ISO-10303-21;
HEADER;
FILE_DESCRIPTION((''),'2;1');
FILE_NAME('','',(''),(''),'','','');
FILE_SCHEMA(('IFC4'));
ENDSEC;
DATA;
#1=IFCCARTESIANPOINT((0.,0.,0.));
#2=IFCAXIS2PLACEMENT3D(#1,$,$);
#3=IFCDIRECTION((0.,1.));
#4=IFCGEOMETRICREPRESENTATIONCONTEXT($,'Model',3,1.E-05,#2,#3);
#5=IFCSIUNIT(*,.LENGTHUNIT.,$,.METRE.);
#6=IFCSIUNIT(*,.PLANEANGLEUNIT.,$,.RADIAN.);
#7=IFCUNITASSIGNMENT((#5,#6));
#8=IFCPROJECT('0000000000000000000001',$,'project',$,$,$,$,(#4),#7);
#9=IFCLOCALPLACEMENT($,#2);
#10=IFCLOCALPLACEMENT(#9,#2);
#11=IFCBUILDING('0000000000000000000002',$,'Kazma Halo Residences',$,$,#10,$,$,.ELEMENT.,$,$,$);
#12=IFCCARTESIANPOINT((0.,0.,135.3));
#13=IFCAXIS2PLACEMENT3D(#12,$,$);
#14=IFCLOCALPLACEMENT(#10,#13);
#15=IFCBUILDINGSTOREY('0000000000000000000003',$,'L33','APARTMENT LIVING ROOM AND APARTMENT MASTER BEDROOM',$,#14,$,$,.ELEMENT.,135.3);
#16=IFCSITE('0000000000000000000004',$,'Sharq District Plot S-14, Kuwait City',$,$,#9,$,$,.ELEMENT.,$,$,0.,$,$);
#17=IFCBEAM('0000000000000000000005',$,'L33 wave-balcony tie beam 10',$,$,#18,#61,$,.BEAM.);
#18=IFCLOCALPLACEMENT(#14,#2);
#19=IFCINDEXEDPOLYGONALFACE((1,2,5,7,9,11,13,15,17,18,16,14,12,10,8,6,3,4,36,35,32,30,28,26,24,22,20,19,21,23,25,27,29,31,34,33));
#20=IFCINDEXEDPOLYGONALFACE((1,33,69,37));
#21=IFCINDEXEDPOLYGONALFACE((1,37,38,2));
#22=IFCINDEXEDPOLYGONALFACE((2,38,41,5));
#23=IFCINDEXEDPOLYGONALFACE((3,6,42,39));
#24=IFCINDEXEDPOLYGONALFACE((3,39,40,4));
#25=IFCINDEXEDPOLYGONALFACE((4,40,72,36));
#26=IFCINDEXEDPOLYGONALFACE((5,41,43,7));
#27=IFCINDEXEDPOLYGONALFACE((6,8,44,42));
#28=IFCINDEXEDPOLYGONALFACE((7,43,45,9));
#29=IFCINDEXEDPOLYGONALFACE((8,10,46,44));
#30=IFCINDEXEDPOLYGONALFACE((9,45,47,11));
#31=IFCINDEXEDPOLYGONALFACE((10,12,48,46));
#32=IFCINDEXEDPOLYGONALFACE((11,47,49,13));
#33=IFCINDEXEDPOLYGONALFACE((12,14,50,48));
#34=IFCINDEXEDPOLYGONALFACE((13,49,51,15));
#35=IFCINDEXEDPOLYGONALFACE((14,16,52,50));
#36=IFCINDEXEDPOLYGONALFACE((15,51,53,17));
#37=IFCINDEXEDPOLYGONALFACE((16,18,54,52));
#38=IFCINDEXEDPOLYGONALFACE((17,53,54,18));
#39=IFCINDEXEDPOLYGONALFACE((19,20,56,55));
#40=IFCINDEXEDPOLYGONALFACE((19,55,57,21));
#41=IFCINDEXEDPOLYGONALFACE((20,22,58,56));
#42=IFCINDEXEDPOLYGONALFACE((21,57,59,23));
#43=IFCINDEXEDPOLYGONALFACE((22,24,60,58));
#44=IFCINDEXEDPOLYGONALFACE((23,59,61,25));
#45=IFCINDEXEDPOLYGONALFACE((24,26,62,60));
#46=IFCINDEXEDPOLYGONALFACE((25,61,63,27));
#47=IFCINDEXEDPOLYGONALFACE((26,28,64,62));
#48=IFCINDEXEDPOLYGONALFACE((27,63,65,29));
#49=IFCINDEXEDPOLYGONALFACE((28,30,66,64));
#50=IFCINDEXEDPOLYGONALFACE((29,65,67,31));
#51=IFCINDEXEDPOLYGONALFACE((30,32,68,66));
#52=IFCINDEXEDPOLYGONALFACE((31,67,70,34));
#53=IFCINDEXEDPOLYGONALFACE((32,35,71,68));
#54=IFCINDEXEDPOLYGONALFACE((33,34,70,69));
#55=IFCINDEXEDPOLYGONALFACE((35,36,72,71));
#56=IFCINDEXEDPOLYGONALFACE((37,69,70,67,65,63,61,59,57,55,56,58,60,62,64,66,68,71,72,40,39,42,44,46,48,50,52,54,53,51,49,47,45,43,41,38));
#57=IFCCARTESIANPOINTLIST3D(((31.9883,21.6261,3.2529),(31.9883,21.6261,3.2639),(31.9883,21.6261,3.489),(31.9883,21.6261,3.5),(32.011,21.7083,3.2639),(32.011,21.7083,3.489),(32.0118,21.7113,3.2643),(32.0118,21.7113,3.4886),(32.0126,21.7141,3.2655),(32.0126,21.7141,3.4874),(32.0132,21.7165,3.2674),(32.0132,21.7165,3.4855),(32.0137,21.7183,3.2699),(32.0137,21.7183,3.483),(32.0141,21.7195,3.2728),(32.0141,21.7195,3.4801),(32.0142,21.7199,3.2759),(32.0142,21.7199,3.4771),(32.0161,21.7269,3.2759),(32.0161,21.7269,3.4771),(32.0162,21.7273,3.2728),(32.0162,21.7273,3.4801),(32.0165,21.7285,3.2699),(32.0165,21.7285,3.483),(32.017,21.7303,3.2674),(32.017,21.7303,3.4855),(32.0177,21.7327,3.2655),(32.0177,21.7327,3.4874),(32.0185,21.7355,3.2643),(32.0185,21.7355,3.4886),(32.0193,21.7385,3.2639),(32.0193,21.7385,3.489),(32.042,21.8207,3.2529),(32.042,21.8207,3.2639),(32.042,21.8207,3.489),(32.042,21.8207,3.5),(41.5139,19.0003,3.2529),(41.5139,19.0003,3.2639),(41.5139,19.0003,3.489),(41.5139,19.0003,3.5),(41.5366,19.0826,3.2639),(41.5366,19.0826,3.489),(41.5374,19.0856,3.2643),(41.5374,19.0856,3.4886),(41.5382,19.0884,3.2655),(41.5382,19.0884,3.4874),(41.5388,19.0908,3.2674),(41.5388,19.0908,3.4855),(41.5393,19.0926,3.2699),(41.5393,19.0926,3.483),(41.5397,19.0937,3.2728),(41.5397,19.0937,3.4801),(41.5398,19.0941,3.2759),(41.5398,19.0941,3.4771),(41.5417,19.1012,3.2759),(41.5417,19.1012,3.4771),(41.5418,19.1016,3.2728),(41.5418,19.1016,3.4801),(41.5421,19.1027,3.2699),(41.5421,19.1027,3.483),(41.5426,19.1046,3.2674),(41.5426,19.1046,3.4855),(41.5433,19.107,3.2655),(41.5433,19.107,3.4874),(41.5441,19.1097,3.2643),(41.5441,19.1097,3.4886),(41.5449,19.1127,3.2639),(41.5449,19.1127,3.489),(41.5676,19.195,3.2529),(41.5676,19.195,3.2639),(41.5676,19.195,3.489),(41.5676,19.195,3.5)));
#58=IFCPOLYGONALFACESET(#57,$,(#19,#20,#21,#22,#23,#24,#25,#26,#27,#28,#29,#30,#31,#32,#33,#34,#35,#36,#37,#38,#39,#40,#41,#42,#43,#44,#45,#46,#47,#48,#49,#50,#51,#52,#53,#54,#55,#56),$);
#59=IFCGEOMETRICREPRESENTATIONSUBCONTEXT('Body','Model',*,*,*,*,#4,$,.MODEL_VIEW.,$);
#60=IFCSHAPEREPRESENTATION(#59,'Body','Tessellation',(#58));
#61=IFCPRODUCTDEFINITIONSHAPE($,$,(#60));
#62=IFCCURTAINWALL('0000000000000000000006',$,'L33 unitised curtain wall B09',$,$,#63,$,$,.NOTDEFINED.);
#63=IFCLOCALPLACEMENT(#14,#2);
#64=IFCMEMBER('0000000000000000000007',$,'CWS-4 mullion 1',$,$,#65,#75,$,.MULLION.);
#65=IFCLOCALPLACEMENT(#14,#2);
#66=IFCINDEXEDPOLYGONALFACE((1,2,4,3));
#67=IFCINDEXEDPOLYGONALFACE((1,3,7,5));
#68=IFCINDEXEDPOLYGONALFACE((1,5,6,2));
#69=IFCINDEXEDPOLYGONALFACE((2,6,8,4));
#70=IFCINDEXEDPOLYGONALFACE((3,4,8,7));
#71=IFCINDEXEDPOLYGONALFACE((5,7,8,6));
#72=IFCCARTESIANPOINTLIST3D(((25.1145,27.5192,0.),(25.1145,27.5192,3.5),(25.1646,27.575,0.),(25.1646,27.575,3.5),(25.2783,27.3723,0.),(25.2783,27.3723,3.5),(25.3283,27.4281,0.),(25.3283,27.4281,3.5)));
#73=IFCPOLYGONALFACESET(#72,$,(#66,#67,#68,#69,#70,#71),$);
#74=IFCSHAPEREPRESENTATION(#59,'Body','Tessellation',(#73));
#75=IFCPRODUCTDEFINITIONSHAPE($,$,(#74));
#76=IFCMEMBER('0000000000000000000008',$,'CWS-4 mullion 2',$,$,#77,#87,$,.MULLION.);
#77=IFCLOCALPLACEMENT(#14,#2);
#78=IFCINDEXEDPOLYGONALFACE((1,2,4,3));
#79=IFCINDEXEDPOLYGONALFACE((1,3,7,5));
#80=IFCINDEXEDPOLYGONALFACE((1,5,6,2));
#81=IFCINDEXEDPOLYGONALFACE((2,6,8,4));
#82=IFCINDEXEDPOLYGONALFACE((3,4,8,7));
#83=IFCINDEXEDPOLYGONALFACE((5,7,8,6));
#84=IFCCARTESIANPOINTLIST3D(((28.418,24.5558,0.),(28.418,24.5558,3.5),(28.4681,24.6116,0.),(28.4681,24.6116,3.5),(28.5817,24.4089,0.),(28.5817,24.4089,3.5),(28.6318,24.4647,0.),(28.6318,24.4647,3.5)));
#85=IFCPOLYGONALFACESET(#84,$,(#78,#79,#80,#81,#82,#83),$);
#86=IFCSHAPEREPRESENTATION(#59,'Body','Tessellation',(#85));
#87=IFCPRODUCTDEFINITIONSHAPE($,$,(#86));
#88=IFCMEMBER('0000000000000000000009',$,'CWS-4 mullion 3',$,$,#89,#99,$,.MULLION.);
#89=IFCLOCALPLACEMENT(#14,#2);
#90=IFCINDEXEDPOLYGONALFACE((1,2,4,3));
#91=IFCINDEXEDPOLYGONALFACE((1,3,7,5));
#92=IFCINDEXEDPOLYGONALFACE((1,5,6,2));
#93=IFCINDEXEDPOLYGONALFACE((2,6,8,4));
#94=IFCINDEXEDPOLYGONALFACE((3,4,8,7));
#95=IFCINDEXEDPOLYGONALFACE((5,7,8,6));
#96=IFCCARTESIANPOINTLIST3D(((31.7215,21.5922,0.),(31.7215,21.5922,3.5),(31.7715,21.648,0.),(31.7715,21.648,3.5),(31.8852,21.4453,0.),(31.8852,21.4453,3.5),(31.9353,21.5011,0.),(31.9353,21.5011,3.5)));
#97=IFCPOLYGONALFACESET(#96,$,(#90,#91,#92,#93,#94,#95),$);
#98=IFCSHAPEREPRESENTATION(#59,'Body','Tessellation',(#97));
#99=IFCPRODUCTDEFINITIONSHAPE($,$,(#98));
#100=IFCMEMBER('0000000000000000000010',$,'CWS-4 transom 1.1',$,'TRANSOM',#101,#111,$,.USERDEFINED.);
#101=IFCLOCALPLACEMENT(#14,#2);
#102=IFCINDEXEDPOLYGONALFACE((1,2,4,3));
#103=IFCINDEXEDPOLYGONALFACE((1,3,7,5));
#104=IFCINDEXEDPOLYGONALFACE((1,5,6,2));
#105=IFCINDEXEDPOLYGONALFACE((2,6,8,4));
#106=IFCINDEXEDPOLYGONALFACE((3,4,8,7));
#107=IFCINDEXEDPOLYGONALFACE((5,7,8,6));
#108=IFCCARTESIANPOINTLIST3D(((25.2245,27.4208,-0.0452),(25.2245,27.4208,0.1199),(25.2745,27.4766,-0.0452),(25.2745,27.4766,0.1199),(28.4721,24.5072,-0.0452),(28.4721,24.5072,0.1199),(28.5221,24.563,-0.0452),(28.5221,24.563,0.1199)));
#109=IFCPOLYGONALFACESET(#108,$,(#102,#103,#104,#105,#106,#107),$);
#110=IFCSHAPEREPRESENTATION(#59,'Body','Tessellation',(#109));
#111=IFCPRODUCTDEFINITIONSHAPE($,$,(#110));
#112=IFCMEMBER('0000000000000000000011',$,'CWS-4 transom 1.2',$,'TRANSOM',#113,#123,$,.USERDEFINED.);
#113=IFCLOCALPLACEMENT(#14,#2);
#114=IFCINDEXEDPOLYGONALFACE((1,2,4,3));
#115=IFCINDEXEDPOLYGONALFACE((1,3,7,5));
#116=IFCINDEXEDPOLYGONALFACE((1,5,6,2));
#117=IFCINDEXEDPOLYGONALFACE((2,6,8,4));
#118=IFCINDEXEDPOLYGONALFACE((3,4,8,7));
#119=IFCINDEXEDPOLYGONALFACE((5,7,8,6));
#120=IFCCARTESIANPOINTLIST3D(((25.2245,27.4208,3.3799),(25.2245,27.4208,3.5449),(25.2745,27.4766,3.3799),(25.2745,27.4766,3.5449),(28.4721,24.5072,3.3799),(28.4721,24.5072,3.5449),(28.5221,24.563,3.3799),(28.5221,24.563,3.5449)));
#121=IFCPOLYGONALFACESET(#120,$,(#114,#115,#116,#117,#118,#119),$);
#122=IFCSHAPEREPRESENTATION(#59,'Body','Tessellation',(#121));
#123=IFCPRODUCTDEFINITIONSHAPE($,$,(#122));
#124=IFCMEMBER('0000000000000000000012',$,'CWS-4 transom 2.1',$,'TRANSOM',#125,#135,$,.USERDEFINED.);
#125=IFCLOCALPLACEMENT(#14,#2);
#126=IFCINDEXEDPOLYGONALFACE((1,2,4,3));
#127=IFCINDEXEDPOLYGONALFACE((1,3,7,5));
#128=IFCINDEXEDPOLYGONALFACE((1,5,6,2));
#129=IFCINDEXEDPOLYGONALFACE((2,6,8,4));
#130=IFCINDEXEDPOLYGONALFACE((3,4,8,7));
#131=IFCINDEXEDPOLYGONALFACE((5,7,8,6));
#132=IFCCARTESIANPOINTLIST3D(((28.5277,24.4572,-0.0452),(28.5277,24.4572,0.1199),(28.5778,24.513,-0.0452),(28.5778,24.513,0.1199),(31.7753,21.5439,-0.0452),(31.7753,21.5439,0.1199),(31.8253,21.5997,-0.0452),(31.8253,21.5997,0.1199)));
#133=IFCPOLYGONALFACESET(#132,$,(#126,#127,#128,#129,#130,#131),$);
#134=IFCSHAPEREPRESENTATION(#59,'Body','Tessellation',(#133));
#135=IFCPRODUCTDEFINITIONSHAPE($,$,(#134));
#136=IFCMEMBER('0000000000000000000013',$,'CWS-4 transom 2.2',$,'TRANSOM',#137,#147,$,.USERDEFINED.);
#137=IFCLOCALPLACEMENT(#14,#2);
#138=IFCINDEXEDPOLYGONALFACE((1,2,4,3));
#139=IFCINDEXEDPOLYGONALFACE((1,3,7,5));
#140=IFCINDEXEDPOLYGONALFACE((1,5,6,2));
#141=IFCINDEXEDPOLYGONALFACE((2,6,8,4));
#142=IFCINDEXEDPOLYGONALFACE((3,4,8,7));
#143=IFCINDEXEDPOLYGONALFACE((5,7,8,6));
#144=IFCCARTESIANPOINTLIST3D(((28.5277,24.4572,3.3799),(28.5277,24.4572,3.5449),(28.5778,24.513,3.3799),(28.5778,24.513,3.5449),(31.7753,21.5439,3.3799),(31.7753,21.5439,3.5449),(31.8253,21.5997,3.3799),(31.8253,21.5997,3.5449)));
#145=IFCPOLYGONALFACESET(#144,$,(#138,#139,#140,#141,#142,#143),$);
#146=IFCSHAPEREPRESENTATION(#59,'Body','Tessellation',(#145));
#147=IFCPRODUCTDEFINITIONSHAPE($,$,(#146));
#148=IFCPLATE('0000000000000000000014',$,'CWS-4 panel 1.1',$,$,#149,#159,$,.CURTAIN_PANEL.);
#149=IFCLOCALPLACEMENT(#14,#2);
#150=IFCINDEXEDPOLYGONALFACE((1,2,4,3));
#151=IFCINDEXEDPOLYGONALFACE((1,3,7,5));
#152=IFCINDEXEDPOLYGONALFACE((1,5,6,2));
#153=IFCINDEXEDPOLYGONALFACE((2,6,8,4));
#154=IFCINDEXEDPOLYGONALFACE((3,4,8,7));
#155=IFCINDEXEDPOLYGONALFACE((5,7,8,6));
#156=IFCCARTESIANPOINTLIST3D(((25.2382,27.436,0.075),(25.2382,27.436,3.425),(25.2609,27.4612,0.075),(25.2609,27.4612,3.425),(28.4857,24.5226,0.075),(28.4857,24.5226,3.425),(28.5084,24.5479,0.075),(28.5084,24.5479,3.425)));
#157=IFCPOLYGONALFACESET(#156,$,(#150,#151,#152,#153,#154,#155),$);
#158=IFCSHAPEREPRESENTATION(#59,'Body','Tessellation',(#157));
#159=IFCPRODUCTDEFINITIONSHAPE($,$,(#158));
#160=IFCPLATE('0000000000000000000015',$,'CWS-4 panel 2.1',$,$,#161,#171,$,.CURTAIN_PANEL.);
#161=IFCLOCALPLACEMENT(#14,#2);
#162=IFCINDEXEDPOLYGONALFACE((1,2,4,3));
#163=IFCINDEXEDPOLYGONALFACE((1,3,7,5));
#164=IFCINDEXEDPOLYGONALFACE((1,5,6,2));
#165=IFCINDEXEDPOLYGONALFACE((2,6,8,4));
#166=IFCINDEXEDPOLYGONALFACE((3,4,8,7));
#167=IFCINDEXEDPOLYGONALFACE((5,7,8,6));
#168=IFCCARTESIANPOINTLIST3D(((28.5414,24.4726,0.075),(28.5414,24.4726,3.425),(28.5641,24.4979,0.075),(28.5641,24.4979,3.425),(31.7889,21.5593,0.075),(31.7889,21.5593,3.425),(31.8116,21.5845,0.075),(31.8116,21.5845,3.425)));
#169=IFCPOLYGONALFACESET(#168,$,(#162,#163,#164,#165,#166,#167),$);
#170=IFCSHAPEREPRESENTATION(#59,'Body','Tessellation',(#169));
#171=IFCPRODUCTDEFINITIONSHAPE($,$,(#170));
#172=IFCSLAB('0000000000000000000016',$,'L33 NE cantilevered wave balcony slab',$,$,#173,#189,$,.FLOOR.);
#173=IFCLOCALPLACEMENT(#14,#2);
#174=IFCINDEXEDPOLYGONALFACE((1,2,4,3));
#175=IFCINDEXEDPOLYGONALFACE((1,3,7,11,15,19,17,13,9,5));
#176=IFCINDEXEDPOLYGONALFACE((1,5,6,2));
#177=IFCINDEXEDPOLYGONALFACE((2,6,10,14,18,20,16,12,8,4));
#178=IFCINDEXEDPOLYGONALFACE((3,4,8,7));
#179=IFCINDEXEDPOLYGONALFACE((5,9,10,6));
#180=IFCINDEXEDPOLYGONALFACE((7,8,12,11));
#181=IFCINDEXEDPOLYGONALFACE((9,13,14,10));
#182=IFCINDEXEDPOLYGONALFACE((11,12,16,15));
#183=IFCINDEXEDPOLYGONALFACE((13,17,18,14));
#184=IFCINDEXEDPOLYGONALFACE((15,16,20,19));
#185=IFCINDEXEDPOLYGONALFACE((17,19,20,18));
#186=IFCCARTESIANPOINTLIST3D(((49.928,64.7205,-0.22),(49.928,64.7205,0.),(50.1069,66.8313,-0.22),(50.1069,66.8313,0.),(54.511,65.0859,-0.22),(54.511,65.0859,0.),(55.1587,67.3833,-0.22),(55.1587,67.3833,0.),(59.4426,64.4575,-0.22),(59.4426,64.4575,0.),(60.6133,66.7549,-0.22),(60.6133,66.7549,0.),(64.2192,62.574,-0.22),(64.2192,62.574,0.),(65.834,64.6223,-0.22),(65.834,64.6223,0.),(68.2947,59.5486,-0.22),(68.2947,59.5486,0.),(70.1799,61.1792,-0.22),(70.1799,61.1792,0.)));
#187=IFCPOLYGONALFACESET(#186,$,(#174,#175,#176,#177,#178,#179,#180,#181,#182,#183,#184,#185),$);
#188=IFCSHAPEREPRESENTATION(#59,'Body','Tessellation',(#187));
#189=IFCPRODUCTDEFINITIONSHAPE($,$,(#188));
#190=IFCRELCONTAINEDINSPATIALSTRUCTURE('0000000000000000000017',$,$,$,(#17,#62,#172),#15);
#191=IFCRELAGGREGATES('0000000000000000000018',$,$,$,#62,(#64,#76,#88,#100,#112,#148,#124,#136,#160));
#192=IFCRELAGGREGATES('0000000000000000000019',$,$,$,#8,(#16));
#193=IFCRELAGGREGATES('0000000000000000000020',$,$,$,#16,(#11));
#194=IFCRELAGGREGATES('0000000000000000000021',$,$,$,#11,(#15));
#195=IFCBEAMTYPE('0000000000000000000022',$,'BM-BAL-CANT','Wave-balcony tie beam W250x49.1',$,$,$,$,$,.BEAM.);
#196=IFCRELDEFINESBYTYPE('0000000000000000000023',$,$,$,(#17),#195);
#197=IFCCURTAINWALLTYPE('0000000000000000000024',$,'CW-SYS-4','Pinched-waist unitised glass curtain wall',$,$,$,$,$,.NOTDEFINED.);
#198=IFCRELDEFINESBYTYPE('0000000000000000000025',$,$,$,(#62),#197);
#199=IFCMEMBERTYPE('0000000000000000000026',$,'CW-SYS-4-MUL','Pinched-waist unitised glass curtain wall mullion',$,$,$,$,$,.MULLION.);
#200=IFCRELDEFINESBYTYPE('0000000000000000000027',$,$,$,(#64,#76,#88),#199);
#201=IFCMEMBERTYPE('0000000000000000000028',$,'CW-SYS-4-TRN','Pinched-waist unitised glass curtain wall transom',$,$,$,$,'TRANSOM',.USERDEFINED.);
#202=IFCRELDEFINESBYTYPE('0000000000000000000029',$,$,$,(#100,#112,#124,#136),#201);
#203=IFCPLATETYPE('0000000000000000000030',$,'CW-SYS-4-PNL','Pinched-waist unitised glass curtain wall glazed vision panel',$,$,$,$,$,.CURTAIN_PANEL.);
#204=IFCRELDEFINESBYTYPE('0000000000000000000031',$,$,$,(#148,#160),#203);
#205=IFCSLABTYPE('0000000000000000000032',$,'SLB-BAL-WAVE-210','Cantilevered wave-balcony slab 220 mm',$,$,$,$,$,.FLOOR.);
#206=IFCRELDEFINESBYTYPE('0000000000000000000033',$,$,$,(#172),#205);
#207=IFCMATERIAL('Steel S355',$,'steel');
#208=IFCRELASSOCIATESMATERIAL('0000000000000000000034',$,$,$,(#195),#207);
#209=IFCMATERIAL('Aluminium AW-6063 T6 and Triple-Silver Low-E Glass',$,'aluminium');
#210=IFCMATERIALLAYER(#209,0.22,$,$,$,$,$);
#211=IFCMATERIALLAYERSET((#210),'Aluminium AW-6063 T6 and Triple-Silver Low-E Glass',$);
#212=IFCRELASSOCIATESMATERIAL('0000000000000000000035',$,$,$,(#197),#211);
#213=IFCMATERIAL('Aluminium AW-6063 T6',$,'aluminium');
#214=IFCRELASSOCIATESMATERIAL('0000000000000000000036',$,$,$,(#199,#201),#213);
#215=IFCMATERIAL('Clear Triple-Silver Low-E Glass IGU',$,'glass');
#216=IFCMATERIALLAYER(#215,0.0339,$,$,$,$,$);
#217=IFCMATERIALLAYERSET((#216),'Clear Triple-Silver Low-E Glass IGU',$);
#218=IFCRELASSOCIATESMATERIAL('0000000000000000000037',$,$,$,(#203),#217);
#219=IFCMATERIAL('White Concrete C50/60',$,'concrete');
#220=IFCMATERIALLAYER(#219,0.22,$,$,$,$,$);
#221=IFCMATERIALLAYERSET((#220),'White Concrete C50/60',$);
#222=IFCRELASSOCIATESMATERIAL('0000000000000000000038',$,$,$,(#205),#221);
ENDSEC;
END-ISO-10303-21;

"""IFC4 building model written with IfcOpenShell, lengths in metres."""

from ifc_helpers import new_model, si_unit, direction, frame, origin, origin_2d, place, context, subcontext, project, spatial, polyline, rectangle, i_section, outline, extrude, material, layer, layer_set, material_profile, profile_set, type_object, element, aggregate, save


model = new_model("IFC4")

# Units and contexts
model_context = context("Model", 3, precision=1e-05, world=origin(), true_north=direction((0.0, 1.0)))
body_context = subcontext(model_context, "Body", "Model", "MODEL_VIEW")
ifc_project = project(units=[si_unit("LENGTHUNIT", "METRE"), si_unit("PLANEANGLEUNIT", "RADIAN")], contexts=[model_context])

# Site, building, storey
site_placement = place(None, origin())
site = spatial("IfcSite", under=ifc_project, at=site_placement, Name="Sharq District Plot S-14, Kuwait City", CompositionType="ELEMENT", RefElevation=0.0)
building_placement = place(site_placement, origin())
building = spatial("IfcBuilding", under=site, at=building_placement, Name="Kazma Halo Residences", CompositionType="ELEMENT")
storey_placement = place(building_placement, frame((0.0, 0.0, 135.3)))
storey = spatial("IfcBuildingStorey", under=building, at=storey_placement, Name="L33", Description="APARTMENT LIVING ROOM AND APARTMENT MASTER BEDROOM", CompositionType="ELEMENT", Elevation=135.3)

# Beam
ifc_material_1 = material(Name="Steel S355", Category="steel")
ifc_material_profile_1 = material_profile(ifc_material_1, i_section(OverallWidth=0.2019, OverallDepth=0.2471, WebThickness=0.0073, FlangeThickness=0.011, FilletRadius=0.012, at=origin_2d()), Name="W250x49.1")
ifc_profile_set_1 = profile_set([ifc_material_profile_1], Name="Steel S355")
beam_type = type_object("IfcBeamType", Name="BM-BAL-CANT", Description="Wave-balcony tie beam W250x49.1", PredefinedType="BEAM", material=ifc_profile_set_1)
beam_placement = place(storey_placement, frame((32.0151, 21.7234, 3.3765), z_axis=(0.964045, -0.265738, 0.0), x_axis=(0.265738, 0.964045, 0.0)))
element("IfcBeam", 1, at=beam_placement, inside=storey, type_object=beam_type, Name="L33 wave-balcony tie beam 10", PredefinedType="BEAM", context=body_context, shape_type="SweptSolid", body=[
    extrude(i_section(OverallWidth=0.2019, OverallDepth=0.2471, WebThickness=0.0073, FlangeThickness=0.011, FilletRadius=0.012, at=origin_2d()), origin(), (0.0, 0.0, 1.0), 9.8809),
])

# Curtain wall, members, plates
ifc_material_2 = material(Name="Aluminium AW-6063 T6 and Triple-Silver Low-E Glass", Category="aluminium")
ifc_layer_1 = layer(ifc_material_2, 0.22)
ifc_layer_set_1 = layer_set([ifc_layer_1], Name="Aluminium AW-6063 T6 and Triple-Silver Low-E Glass")
curtain_wall_type = type_object("IfcCurtainWallType", Name="CW-SYS-4", Description="Pinched-waist unitised glass curtain wall", PredefinedType="NOTDEFINED", material=ifc_layer_set_1)
curtain_wall_placement = place(storey_placement, origin())
curtain_wall = element("IfcCurtainWall", 2, at=curtain_wall_placement, inside=storey, type_object=curtain_wall_type, Name="L33 unitised curtain wall B09", PredefinedType="NOTDEFINED")
ifc_material_3 = material(Name="Aluminium AW-6063 T6", Category="aluminium")
ifc_material_profile_2 = material_profile(ifc_material_3, rectangle(XDim=0.075, YDim=0.22, at=origin_2d()), Name="CWM-75x220")
ifc_profile_set_2 = profile_set([ifc_material_profile_2], Name="Aluminium AW-6063 T6")
member_type_1 = type_object("IfcMemberType", Name="CW-SYS-4-MUL", Description="Pinched-waist unitised glass curtain wall mullion", PredefinedType="MULLION", material=ifc_profile_set_2)
member_1_placement = place(storey_placement, frame((25.2214, 27.4736, 0.0), z_axis=(0.0, 0.0, 1.0), x_axis=(0.66777, 0.744368, 0.0)))
member_1 = element("IfcMember", 3, at=member_1_placement, type_object=member_type_1, Name="CWS-4 mullion 1", PredefinedType="MULLION", context=body_context, shape_type="SweptSolid", body=[
    extrude(rectangle(XDim=0.075, YDim=0.22, at=origin_2d()), origin(), (0.0, 0.0, 1.0), 3.5),
])
member_2_placement = place(storey_placement, frame((28.5249, 24.5103, 0.0), z_axis=(0.0, 0.0, 1.0), x_axis=(0.66777, 0.744368, 0.0)))
member_2 = element("IfcMember", 4, at=member_2_placement, type_object=member_type_1, Name="CWS-4 mullion 2", PredefinedType="MULLION", context=body_context, shape_type="SweptSolid", body=[
    extrude(rectangle(XDim=0.075, YDim=0.22, at=origin_2d()), origin(), (0.0, 0.0, 1.0), 3.5),
])
member_3_placement = place(storey_placement, frame((31.8284, 21.5466, 0.0), z_axis=(0.0, 0.0, 1.0), x_axis=(0.66777, 0.744368, 0.0)))
member_3 = element("IfcMember", 5, at=member_3_placement, type_object=member_type_1, Name="CWS-4 mullion 3", PredefinedType="MULLION", context=body_context, shape_type="SweptSolid", body=[
    extrude(rectangle(XDim=0.075, YDim=0.22, at=origin_2d()), origin(), (0.0, 0.0, 1.0), 3.5),
])
ifc_material_profile_3 = material_profile(ifc_material_3, rectangle(XDim=0.075, YDim=0.165, at=origin_2d()), Name="CWT-75x165")
ifc_profile_set_3 = profile_set([ifc_material_profile_3], Name="Aluminium AW-6063 T6")
member_type_2 = type_object("IfcMemberType", Name="CW-SYS-4-TRN", Description="Pinched-waist unitised glass curtain wall transom", ElementType="TRANSOM", PredefinedType="USERDEFINED", material=ifc_profile_set_3)
member_4_placement = place(storey_placement, frame((25.2495, 27.4487, 0.0374), z_axis=(0.744345, -0.667795, 0.0), x_axis=(0.667795, 0.744345, 0.0)))
member_4 = element("IfcMember", 6, at=member_4_placement, type_object=member_type_2, Name="CWS-4 transom 1.1", ObjectType="TRANSOM", PredefinedType="USERDEFINED", context=body_context, shape_type="SweptSolid", body=[
    extrude(rectangle(XDim=0.075, YDim=0.165, at=origin_2d()), origin(), (0.0, 0.0, 1.0), 4.363),
])
member_5_placement = place(storey_placement, frame((25.2495, 27.4487, 3.4624), z_axis=(0.744345, -0.667795, 0.0), x_axis=(0.667795, 0.744345, 0.0)))
member_5 = element("IfcMember", 7, at=member_5_placement, type_object=member_type_2, Name="CWS-4 transom 1.2", ObjectType="TRANSOM", PredefinedType="USERDEFINED", context=body_context, shape_type="SweptSolid", body=[
    extrude(rectangle(XDim=0.075, YDim=0.165, at=origin_2d()), origin(), (0.0, 0.0, 1.0), 4.363),
])
member_6_placement = place(storey_placement, frame((28.5527, 24.4851, 0.0374), z_axis=(0.744373, -0.667764, 0.0), x_axis=(0.667764, 0.744373, 0.0)))
member_6 = element("IfcMember", 8, at=member_6_placement, type_object=member_type_2, Name="CWS-4 transom 2.1", ObjectType="TRANSOM", PredefinedType="USERDEFINED", context=body_context, shape_type="SweptSolid", body=[
    extrude(rectangle(XDim=0.075, YDim=0.165, at=origin_2d()), origin(), (0.0, 0.0, 1.0), 4.3628),
])
member_7_placement = place(storey_placement, frame((28.5527, 24.4851, 3.4624), z_axis=(0.744373, -0.667764, 0.0), x_axis=(0.667764, 0.744373, 0.0)))
member_7 = element("IfcMember", 9, at=member_7_placement, type_object=member_type_2, Name="CWS-4 transom 2.2", ObjectType="TRANSOM", PredefinedType="USERDEFINED", context=body_context, shape_type="SweptSolid", body=[
    extrude(rectangle(XDim=0.075, YDim=0.165, at=origin_2d()), origin(), (0.0, 0.0, 1.0), 4.3628),
])
ifc_material_4 = material(Name="Clear Triple-Silver Low-E Glass IGU", Category="glass")
ifc_layer_2 = layer(ifc_material_4, 0.0339)
ifc_layer_set_2 = layer_set([ifc_layer_2], Name="Clear Triple-Silver Low-E Glass IGU")
plate_type = type_object("IfcPlateType", Name="CW-SYS-4-PNL", Description="Pinched-waist unitised glass curtain wall glazed vision panel", PredefinedType="CURTAIN_PANEL", material=ifc_layer_set_2)
plate_1_placement = place(storey_placement, frame((26.8733, 25.9919, 0.075), z_axis=(0.0, 0.0, 1.0), x_axis=(0.744368, -0.66777, 0.0)))
plate_1 = element("IfcPlate", 10, at=plate_1_placement, type_object=plate_type, Name="CWS-4 panel 1.1", PredefinedType="CURTAIN_PANEL", context=body_context, shape_type="SweptSolid", body=[
    extrude(rectangle(XDim=4.3628, YDim=0.0339, at=origin_2d()), origin(), (0.0, 0.0, 1.0), 3.3501),
])
plate_2_placement = place(storey_placement, frame((30.1765, 23.0286, 0.075), z_axis=(0.0, 0.0, 1.0), x_axis=(0.744368, -0.66777, 0.0)))
plate_2 = element("IfcPlate", 11, at=plate_2_placement, type_object=plate_type, Name="CWS-4 panel 2.1", PredefinedType="CURTAIN_PANEL", context=body_context, shape_type="SweptSolid", body=[
    extrude(rectangle(XDim=4.3628, YDim=0.0339, at=origin_2d()), origin(), (0.0, 0.0, 1.0), 3.3501),
])
aggregate(curtain_wall, [member_1, member_2, member_3, member_4, member_5, plate_1, member_6, member_7, plate_2])

# Slab
ifc_material_5 = material(Name="White Concrete C50/60", Category="concrete")
ifc_layer_3 = layer(ifc_material_5, 0.22)
ifc_layer_set_3 = layer_set([ifc_layer_3], Name="White Concrete C50/60")
slab_type_1 = type_object("IfcSlabType", Name="SLB-BAL-WAVE-210", Description="Cantilevered wave-balcony slab 220 mm", PredefinedType="FLOOR", material=ifc_layer_set_3)
slab_1_placement = place(storey_placement, frame((0.0, 0.0, -0.22)))
element("IfcSlab", 12, at=slab_1_placement, inside=storey, type_object=slab_type_1, Name="L33 NE cantilevered wave balcony slab", PredefinedType="FLOOR", context=body_context, shape_type="SweptSolid", body=[
    extrude(outline(polyline([(68.2947, 59.5486), (64.2192, 62.574), (59.4426, 64.4575), (54.511, 65.0859), (49.928, 64.7205), (50.1069, 66.8313), (55.1587, 67.3833), (60.6133, 66.7549), (65.834, 64.6223), (70.1799, 61.1792), (68.2947, 59.5486)])), origin(), (0.0, 0.0, 1.0), 0.22),
])

save(model, "model.ifc")
